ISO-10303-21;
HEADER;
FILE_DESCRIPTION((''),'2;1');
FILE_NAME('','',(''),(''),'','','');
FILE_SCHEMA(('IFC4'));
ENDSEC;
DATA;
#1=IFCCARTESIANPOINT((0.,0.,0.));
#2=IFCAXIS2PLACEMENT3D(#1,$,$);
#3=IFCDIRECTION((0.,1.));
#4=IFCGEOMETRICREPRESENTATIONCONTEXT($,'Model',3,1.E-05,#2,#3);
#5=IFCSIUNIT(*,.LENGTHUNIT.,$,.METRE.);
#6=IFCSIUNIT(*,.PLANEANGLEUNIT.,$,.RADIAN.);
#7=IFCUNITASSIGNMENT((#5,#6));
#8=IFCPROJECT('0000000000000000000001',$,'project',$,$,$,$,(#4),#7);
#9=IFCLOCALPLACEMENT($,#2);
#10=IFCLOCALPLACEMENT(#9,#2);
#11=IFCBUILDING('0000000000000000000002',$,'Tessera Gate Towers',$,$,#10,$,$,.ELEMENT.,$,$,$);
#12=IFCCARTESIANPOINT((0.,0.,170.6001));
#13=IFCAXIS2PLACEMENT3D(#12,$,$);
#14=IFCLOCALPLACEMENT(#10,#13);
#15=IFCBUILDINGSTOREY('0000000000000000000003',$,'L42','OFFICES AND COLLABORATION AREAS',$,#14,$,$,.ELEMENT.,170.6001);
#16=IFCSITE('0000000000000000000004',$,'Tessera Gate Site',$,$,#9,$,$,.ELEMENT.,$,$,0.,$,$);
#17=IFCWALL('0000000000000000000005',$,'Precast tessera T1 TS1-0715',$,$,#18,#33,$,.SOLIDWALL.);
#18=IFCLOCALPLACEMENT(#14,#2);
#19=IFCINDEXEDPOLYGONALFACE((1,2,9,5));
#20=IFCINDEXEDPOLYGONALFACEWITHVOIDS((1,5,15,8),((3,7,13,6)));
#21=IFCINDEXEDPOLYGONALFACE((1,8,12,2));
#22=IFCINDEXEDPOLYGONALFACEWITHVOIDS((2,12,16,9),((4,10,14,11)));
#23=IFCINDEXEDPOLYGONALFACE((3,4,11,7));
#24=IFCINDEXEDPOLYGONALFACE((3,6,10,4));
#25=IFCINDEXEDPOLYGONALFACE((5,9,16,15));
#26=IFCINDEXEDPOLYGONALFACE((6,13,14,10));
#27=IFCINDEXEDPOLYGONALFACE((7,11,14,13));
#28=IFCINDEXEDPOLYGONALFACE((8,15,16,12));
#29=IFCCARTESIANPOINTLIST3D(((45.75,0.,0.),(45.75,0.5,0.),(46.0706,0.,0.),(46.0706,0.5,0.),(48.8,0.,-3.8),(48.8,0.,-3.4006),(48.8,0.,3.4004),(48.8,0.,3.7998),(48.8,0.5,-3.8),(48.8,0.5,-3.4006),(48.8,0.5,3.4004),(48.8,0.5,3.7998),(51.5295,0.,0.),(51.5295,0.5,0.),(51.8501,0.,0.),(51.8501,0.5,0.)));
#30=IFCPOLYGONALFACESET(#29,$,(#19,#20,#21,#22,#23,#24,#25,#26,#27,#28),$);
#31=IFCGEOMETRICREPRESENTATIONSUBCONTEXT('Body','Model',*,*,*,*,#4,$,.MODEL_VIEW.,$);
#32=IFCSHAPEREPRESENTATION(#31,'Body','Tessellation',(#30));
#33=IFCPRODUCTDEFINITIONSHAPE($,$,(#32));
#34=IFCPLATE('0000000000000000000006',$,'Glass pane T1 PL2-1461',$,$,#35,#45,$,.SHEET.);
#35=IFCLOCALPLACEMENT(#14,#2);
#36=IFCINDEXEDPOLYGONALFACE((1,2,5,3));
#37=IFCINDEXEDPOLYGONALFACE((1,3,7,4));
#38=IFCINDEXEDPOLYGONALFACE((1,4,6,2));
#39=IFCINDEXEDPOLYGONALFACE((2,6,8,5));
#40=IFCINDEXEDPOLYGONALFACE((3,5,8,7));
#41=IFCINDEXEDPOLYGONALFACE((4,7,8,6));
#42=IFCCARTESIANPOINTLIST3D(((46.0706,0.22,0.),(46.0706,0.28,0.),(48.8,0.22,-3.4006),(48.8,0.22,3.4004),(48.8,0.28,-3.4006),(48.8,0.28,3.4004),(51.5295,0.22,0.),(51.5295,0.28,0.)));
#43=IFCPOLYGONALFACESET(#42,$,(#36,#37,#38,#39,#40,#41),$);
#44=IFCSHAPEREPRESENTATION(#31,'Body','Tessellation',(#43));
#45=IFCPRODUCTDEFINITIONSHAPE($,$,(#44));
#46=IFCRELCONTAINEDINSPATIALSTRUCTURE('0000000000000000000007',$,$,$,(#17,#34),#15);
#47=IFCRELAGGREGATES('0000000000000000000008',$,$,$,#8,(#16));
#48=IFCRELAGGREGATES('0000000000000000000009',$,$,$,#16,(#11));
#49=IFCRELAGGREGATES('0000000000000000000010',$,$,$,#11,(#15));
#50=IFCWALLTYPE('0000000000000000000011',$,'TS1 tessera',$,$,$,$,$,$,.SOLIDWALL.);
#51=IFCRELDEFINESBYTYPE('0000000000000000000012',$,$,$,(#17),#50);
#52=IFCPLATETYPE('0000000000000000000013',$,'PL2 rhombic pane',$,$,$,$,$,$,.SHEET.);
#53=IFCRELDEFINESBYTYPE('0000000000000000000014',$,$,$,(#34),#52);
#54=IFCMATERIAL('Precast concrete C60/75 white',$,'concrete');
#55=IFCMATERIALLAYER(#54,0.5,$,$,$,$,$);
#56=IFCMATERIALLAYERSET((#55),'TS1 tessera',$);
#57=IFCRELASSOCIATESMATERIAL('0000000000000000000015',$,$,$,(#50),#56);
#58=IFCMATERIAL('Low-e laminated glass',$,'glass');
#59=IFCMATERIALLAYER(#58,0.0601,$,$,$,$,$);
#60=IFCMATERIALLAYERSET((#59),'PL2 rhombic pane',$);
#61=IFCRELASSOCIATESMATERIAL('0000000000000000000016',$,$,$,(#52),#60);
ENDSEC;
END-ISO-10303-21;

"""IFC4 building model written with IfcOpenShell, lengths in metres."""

from ifc_helpers import new_model, si_unit, direction, frame, origin, place, context, subcontext, project, spatial, polyline, outline, extrude, source, transform, mapped, material, layer, layer_set, type_object, element, fill, save


model = new_model("IFC4")

# Units and contexts
model_context = context("Model", 3, precision=1e-05, world=origin(), true_north=direction((0.0, 1.0)))
body_context = subcontext(model_context, "Body", "Model", "MODEL_VIEW")
ifc_project = project(units=[si_unit("LENGTHUNIT", "METRE"), si_unit("PLANEANGLEUNIT", "RADIAN")], contexts=[model_context])

# Site, building, storey
site_placement = place(None, origin())
site = spatial("IfcSite", under=ifc_project, at=site_placement, Name="Tessera Gate Site", CompositionType="ELEMENT", RefElevation=0.0)
building_placement = place(site_placement, origin())
building = spatial("IfcBuilding", under=site, at=building_placement, Name="Tessera Gate Towers", CompositionType="ELEMENT")
storey_placement = place(building_placement, frame((0.0, 0.0, 170.6001)))
storey = spatial("IfcBuildingStorey", under=building, at=storey_placement, Name="L42", Description="OFFICES AND COLLABORATION AREAS", CompositionType="ELEMENT", Elevation=170.6001)

# Wall, opening, plate
ifc_material_1 = material(Name="Precast concrete C60/75 white", Category="concrete")
ifc_layer_1 = layer(ifc_material_1, 0.5)
ifc_layer_set_1 = layer_set([ifc_layer_1], Name="TS1 tessera")
wall_type_1 = type_object("IfcWallType", Name="TS1 tessera", PredefinedType="SOLIDWALL", material=ifc_layer_set_1)
shared_shape_1 = source(origin(), body_context, "Body", "SweptSolid", [
    extrude(outline(polyline([(3.05, 0.0), (6.1001, 3.8), (3.05, 7.5999), (0.0, 3.8), (3.05, 0.0)])), frame((0.0, 0.25, 0.0), z_axis=(0.0, -1.0, 0.0), x_axis=(1.0, 0.0, 0.0)), (0.0, 0.0, 1.0), 0.5),
])
shared_shape_2 = source(origin(), body_context, "Body", "SweptSolid", [
    extrude(outline(polyline([(3.05, 0.3994), (5.7795, 3.8), (3.05, 7.2004), (0.3206, 3.8), (3.05, 0.3994)])), frame((0.0, 0.26, 0.0), z_axis=(0.0, -1.0, 0.0), x_axis=(1.0, 0.0, 0.0)), (0.0, 0.0, 1.0), 0.52),
])
ifc_material_2 = material(Name="Low-e laminated glass", Category="glass")
ifc_layer_2 = layer(ifc_material_2, 0.0601)
ifc_layer_set_2 = layer_set([ifc_layer_2], Name="PL2 rhombic pane")
plate_type = type_object("IfcPlateType", Name="PL2 rhombic pane", PredefinedType="SHEET", material=ifc_layer_set_2)
shared_shape_3 = source(origin(), body_context, "Body", "SweptSolid", [
    extrude(outline(polyline([(3.05, 0.3994), (5.7795, 3.8), (3.05, 7.2004), (0.3206, 3.8), (3.05, 0.3994)])), frame((0.0, 0.03, 0.0), z_axis=(0.0, -1.0, 0.0), x_axis=(1.0, 0.0, 0.0)), (0.0, 0.0, 1.0), 0.0601),
])
wall_1_placement = place(storey_placement, frame((45.75, 0.25, -3.8), z_axis=(0.0, 0.0, 1.0), x_axis=(1.0, 0.0, 0.0)))
wall_1 = element("IfcWall", 1, at=wall_1_placement, inside=storey, type_object=wall_type_1, Name="Precast tessera T1 TS1-0715", PredefinedType="SOLIDWALL", context=body_context, shape_type="MappedRepresentation", body=[
    mapped(shared_shape_1, transform((0.0, 0.0, 0.0), scale=1.0)),
])
opening_1_placement = place(wall_1_placement, origin())
opening_1 = element("IfcOpeningElement", 2, at=opening_1_placement, cuts=wall_1, PredefinedType="OPENING", context=body_context, shape_type="MappedRepresentation", body=[
    mapped(shared_shape_2, transform((0.0, 0.0, 0.0), scale=1.0)),
])
plate_1_placement = place(opening_1_placement, origin())
plate_1 = element("IfcPlate", 3, at=plate_1_placement, inside=storey, type_object=plate_type, Name="Glass pane T1 PL2-1461", PredefinedType="SHEET", context=body_context, shape_type="MappedRepresentation", body=[
    mapped(shared_shape_3, transform((0.0, 0.0, 0.0), scale=1.0)),
])
fill(opening_1, plate_1)

save(model, "model.ifc")
